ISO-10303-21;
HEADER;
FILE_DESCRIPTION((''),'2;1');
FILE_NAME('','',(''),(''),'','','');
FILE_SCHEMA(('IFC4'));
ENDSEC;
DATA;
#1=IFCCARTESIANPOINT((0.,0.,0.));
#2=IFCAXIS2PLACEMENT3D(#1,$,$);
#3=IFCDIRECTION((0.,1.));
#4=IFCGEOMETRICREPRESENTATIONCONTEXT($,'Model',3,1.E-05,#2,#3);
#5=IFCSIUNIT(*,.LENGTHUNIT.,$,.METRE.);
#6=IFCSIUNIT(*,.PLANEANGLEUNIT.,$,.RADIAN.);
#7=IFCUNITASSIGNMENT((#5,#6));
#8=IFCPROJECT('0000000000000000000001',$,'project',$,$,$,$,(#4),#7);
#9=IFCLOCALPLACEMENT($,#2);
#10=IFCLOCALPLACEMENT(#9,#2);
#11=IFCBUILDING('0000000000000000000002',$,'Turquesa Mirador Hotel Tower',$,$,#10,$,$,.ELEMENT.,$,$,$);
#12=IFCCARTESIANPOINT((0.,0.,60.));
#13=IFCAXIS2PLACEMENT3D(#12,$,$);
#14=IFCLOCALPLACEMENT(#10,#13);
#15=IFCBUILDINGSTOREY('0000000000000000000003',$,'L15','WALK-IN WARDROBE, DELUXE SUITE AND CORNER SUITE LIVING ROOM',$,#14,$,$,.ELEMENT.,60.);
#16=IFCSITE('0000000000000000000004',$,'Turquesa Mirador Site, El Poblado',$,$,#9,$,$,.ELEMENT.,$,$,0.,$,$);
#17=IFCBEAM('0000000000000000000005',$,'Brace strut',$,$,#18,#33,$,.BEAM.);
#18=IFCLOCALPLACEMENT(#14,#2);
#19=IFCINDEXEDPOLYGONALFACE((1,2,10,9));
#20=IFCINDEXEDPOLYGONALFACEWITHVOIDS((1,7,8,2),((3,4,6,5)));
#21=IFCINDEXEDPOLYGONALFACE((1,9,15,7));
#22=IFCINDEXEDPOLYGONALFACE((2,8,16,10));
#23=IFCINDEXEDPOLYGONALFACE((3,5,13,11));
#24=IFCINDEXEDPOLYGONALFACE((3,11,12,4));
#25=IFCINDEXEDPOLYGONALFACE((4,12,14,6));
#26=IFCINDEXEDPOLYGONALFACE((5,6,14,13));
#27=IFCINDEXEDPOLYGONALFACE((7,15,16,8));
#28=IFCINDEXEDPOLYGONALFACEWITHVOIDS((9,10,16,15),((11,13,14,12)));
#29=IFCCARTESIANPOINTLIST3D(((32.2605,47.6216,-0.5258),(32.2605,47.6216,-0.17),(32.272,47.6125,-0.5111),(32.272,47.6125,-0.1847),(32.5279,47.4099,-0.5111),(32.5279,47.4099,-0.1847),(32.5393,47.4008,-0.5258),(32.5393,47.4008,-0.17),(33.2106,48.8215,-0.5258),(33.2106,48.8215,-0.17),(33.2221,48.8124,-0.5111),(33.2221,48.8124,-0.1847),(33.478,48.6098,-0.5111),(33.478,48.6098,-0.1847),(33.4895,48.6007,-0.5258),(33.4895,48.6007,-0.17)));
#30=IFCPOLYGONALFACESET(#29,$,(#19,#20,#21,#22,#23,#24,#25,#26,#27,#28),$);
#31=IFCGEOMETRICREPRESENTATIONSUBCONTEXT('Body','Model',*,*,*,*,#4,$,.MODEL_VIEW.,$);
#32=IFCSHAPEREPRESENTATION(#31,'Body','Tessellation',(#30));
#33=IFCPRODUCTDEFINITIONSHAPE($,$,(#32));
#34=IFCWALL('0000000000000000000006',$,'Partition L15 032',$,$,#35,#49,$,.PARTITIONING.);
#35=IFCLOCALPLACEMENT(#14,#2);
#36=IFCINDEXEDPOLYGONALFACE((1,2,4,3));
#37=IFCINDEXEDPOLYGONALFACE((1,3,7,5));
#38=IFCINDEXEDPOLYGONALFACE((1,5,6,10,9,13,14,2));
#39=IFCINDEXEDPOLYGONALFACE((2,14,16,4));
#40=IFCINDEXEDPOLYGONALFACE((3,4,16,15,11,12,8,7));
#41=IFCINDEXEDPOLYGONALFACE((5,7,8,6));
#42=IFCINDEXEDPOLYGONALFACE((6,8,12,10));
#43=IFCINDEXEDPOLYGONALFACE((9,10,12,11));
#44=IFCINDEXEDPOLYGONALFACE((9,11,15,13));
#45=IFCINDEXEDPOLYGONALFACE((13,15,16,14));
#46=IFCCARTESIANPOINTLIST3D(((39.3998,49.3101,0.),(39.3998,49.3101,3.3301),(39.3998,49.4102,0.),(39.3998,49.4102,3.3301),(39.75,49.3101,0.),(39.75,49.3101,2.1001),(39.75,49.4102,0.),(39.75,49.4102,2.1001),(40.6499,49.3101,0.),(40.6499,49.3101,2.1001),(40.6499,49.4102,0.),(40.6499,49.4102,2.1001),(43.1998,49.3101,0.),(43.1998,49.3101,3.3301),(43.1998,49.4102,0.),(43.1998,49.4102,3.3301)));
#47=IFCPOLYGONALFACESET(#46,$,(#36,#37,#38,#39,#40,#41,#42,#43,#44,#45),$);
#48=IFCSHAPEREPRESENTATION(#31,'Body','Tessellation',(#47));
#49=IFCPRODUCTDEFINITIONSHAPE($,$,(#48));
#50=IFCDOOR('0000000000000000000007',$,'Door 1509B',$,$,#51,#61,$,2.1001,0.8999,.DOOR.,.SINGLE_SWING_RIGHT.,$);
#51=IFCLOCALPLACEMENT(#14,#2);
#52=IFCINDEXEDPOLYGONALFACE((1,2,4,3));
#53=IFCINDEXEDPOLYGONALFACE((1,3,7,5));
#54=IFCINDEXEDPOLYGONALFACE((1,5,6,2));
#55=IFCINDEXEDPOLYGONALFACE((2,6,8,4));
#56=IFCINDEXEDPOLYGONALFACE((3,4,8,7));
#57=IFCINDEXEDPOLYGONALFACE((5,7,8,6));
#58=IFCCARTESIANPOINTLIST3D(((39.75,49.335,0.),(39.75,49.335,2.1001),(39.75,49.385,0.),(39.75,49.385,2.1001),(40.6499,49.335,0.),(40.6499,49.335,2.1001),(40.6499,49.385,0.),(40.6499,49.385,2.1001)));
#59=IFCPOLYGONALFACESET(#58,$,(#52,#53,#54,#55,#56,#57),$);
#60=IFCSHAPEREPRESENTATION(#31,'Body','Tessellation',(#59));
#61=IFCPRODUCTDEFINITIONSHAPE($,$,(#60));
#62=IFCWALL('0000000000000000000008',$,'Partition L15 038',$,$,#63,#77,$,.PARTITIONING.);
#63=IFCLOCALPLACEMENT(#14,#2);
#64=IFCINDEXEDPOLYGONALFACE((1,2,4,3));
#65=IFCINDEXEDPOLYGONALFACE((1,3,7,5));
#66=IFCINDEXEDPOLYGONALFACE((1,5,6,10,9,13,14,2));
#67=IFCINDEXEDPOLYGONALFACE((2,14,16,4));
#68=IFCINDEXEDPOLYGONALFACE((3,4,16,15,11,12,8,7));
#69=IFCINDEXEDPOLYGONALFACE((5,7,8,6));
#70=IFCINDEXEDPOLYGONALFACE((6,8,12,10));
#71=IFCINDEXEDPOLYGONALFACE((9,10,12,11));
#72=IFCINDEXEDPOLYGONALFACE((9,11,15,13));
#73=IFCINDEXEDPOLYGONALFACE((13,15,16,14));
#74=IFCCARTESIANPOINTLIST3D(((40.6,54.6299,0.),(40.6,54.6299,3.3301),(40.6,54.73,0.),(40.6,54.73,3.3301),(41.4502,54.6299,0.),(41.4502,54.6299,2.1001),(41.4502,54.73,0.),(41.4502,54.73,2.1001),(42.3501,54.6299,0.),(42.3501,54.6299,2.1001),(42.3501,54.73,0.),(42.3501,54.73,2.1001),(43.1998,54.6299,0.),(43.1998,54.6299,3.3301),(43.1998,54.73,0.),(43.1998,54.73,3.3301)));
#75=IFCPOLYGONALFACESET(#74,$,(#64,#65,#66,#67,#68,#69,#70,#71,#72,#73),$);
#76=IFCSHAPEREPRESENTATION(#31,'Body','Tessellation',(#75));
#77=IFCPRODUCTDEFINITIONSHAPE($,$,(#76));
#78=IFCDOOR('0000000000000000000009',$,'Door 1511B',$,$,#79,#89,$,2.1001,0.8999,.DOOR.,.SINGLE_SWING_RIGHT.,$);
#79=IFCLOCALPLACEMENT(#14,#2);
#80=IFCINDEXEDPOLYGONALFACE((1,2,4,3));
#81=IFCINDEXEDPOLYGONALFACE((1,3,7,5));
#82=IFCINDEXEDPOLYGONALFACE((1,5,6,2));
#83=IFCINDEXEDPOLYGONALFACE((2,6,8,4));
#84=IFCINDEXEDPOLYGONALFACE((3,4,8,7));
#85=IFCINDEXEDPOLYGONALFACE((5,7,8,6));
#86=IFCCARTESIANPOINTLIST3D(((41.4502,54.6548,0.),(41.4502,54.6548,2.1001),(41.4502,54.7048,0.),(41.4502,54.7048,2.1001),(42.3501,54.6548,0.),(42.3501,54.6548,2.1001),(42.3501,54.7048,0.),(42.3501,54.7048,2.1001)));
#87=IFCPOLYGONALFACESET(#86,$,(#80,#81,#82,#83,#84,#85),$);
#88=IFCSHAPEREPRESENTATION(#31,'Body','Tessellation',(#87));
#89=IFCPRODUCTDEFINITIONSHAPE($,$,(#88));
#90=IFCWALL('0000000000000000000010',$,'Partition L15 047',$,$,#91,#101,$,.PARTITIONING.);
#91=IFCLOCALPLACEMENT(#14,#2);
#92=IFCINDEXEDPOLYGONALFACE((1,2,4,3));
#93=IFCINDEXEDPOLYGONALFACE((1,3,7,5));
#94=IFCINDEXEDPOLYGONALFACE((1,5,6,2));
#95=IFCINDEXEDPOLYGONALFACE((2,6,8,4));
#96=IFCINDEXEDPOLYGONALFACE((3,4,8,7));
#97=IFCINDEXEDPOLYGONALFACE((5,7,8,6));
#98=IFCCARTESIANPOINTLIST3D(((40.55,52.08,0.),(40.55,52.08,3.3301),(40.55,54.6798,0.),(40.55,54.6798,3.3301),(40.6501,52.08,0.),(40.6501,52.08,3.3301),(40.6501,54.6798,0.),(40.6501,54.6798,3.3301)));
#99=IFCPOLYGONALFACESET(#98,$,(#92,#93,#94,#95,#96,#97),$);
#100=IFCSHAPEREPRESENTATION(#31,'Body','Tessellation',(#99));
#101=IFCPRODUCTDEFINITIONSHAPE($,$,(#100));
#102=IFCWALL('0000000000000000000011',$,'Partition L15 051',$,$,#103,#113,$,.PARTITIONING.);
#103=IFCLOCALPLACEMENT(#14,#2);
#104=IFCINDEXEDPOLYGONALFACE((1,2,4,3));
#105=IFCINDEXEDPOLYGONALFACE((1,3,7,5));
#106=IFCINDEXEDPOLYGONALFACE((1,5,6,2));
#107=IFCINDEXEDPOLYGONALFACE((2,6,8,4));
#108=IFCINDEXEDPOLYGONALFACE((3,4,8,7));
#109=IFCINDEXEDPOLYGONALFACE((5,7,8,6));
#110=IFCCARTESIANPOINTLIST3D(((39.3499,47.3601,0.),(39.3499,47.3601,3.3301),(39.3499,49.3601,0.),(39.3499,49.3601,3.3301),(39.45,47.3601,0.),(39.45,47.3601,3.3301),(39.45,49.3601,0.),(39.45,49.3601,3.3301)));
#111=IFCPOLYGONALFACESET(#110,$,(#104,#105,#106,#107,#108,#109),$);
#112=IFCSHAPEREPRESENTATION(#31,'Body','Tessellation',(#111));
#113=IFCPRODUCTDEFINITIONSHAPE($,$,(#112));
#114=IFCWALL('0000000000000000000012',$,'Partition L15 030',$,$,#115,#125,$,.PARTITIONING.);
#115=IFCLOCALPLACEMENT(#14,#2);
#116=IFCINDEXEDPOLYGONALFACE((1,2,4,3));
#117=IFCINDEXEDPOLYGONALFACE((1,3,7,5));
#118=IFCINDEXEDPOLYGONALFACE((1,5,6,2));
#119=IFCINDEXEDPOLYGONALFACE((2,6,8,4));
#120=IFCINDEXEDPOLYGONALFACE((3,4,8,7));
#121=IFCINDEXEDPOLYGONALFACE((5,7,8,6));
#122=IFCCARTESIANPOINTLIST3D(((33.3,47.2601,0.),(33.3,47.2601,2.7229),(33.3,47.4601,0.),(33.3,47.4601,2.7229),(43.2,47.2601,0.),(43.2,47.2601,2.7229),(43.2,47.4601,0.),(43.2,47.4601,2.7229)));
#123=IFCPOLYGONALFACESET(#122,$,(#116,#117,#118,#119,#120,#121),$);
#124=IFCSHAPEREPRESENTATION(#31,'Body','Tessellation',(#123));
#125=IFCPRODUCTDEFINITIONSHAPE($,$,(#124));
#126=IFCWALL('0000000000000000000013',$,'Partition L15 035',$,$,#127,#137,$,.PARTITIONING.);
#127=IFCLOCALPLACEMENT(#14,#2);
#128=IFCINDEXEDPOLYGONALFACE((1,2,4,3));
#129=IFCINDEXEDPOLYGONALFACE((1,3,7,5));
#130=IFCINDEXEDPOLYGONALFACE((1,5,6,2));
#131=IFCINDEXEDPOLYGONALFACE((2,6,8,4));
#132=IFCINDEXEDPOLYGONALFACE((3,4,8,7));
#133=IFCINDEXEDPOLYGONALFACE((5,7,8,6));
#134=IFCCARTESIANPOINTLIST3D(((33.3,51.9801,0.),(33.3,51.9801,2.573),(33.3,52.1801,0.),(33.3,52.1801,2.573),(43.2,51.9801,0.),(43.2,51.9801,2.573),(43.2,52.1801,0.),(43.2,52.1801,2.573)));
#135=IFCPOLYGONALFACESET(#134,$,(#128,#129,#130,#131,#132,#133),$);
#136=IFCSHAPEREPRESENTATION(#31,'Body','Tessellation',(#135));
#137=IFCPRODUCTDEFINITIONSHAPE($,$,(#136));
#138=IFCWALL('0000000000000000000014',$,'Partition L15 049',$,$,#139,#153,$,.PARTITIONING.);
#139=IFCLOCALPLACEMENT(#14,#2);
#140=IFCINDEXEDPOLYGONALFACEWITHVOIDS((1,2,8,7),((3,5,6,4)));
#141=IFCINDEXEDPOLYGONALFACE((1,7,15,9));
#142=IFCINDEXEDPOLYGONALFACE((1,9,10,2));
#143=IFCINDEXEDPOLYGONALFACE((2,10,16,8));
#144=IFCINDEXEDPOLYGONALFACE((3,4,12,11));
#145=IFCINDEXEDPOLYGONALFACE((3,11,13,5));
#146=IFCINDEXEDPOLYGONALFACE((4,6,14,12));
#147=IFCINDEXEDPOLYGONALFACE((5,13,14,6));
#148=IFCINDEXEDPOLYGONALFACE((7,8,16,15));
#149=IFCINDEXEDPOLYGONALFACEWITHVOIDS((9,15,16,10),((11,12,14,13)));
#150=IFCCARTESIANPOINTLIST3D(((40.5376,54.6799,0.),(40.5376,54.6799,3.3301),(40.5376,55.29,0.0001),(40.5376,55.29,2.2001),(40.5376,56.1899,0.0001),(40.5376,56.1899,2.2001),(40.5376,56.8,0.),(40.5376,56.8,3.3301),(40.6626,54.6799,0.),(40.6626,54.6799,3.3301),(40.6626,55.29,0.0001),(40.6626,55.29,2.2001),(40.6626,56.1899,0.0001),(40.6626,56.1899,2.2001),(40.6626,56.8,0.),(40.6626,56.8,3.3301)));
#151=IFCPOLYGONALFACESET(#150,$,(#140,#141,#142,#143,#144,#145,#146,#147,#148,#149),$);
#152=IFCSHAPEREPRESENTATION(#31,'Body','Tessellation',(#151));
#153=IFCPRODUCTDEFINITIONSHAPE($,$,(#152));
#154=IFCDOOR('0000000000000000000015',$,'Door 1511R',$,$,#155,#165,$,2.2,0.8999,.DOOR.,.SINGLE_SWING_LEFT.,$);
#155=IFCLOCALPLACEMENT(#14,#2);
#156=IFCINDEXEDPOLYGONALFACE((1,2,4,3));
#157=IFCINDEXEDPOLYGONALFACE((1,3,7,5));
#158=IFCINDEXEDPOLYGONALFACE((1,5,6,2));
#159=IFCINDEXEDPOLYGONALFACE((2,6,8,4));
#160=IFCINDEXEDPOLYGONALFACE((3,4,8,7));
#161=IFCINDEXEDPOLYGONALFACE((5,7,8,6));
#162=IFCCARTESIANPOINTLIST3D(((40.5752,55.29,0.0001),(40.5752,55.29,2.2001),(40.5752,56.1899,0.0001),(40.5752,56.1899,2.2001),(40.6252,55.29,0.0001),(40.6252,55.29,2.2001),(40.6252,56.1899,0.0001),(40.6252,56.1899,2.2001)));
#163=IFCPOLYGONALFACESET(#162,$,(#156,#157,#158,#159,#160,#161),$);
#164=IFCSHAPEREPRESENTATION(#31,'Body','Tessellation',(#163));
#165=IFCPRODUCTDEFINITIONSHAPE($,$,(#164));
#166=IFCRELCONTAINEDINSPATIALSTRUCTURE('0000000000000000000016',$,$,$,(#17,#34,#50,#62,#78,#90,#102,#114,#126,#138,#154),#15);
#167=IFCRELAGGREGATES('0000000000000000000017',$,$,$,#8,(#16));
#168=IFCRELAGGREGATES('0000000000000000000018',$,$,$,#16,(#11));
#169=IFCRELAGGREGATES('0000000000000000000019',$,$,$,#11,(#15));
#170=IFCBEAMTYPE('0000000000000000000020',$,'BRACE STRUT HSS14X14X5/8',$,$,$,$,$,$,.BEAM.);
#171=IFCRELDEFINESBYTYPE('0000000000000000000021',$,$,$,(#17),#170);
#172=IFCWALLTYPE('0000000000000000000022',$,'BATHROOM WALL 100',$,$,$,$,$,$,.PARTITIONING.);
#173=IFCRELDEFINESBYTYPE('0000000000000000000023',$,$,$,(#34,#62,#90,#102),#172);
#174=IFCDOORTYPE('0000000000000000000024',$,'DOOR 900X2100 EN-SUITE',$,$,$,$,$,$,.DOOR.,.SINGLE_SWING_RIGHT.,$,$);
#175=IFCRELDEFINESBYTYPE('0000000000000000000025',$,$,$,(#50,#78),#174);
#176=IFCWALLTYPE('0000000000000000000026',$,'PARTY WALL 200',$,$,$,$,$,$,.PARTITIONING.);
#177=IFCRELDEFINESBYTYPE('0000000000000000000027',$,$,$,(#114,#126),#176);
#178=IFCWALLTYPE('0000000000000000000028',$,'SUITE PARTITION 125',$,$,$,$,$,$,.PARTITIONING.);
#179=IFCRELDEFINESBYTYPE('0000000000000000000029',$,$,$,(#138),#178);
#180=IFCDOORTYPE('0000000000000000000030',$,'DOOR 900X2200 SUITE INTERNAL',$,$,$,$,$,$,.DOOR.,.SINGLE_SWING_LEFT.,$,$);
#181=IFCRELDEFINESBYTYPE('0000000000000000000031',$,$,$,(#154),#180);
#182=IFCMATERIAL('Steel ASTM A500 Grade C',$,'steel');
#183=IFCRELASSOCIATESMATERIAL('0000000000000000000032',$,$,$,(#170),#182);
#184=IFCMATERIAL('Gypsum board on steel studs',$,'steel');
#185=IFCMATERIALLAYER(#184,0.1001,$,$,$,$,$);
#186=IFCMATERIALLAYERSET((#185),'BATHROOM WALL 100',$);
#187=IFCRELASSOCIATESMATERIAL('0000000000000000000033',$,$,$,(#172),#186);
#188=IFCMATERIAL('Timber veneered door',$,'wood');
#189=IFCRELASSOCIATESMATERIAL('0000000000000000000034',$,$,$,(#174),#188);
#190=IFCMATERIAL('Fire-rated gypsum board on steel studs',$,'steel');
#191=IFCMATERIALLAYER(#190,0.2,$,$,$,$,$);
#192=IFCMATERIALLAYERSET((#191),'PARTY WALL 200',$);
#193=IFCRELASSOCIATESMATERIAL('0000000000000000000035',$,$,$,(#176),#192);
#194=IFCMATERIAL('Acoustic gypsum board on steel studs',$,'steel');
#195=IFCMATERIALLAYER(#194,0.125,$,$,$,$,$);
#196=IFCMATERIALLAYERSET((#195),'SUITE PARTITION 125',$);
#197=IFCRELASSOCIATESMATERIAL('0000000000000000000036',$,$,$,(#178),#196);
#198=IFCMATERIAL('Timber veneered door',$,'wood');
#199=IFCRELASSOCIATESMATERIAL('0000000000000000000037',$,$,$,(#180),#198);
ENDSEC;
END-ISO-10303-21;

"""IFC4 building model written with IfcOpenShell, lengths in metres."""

from ifc_helpers import new_model, si_unit, direction, frame, frame_2d, origin, origin_2d, place, context, subcontext, project, spatial, rectangle, hollow_rectangle, extrude, material, layer, layer_set, material_profile, profile_set, type_object, element, fill, save


model = new_model("IFC4")

# Units and contexts
model_context = context("Model", 3, precision=1e-05, world=origin(), true_north=direction((0.0, 1.0)))
body_context = subcontext(model_context, "Body", "Model", "MODEL_VIEW")
ifc_project = project(units=[si_unit("LENGTHUNIT", "METRE"), si_unit("PLANEANGLEUNIT", "RADIAN")], contexts=[model_context])

# Site, building, storey
site_placement = place(None, origin())
site = spatial("IfcSite", under=ifc_project, at=site_placement, Name="Turquesa Mirador Site, El Poblado", CompositionType="ELEMENT", RefElevation=0.0)
building_placement = place(site_placement, origin())
building = spatial("IfcBuilding", under=site, at=building_placement, Name="Turquesa Mirador Hotel Tower", CompositionType="ELEMENT")
storey_placement = place(building_placement, frame((0.0, 0.0, 60.0)))
storey = spatial("IfcBuildingStorey", under=building, at=storey_placement, Name="L15", Description="WALK-IN WARDROBE, DELUXE SUITE AND CORNER SUITE LIVING ROOM", CompositionType="ELEMENT", Elevation=60.0)

# Beam
ifc_material_1 = material(Name="Steel ASTM A500 Grade C", Category="steel")
ifc_material_profile_1 = material_profile(ifc_material_1, hollow_rectangle(XDim=0.3557, YDim=0.3557, WallThickness=0.0146, at=origin_2d()), Name="HSS14X14X5/8")
ifc_profile_set_1 = profile_set([ifc_material_profile_1], Name="Steel ASTM A500 Grade C")
beam_type_1 = type_object("IfcBeamType", Name="BRACE STRUT HSS14X14X5/8", PredefinedType="BEAM", material=ifc_profile_set_1)
beam_1_placement = place(storey_placement, frame((32.3999, 47.5112, -0.3479), z_axis=(0.620797, 0.783971, 0.0), x_axis=(-0.783971, 0.620797, 0.0)))
element("IfcBeam", 1, at=beam_1_placement, inside=storey, type_object=beam_type_1, Name="Brace strut", PredefinedType="BEAM", context=body_context, shape_type="SweptSolid", body=[
    extrude(hollow_rectangle(XDim=0.3557, YDim=0.3557, WallThickness=0.0146, at=origin_2d()), origin(), (0.0, 0.0, 1.0), 1.5305),
])

# Walls, openings, doors
ifc_material_2 = material(Name="Gypsum board on steel studs", Category="steel")
ifc_layer_1 = layer(ifc_material_2, 0.1001)
ifc_layer_set_1 = layer_set([ifc_layer_1], Name="BATHROOM WALL 100")
wall_type_1 = type_object("IfcWallType", Name="BATHROOM WALL 100", PredefinedType="PARTITIONING", material=ifc_layer_set_1)
wall_1_placement = place(storey_placement, frame((39.3999, 49.3601, 0.0), z_axis=(0.0, 0.0, 1.0), x_axis=(1.0, 0.0, 0.0)))
wall_1 = element("IfcWall", 2, at=wall_1_placement, inside=storey, type_object=wall_type_1, Name="Partition L15 032", PredefinedType="PARTITIONING", context=body_context, shape_type="SweptSolid", body=[
    extrude(rectangle(XDim=3.8, YDim=0.1001, at=frame_2d((1.8999, 0.0))), origin(), (0.0, 0.0, 1.0), 3.3301),
])
opening_1_placement = place(wall_1_placement, frame((0.3501, 0.0, 0.0)))
opening_1 = element("IfcOpeningElement", 3, at=opening_1_placement, cuts=wall_1, PredefinedType="OPENING", context=body_context, shape_type="SweptSolid", body=[
    extrude(rectangle(XDim=0.8999, YDim=2.1001, at=frame_2d((0.45, 1.05))), frame((0.0, 0.0601, 0.0), z_axis=(0.0, -1.0, 0.0), x_axis=(1.0, 0.0, 0.0)), (0.0, 0.0, 1.0), 0.1201),
])
ifc_material_3 = material(Name="Timber veneered door", Category="wood")
door_type_1 = type_object("IfcDoorType", Name="DOOR 900X2100 EN-SUITE", OperationType="SINGLE_SWING_RIGHT", PredefinedType="DOOR", material=ifc_material_3)
door_1_placement = place(opening_1_placement, origin())
door_1 = element("IfcDoor", 4, at=door_1_placement, inside=storey, type_object=door_type_1, Name="Door 1509B", OperationType="SINGLE_SWING_RIGHT", OverallHeight=2.1001, OverallWidth=0.8999, PredefinedType="DOOR", context=body_context, shape_type="SweptSolid", body=[
    extrude(rectangle(XDim=0.8999, YDim=2.1001, at=frame_2d((0.45, 1.05))), frame((0.0, 0.0249, 0.0), z_axis=(0.0, -1.0, 0.0), x_axis=(1.0, 0.0, 0.0)), (0.0, 0.0, 1.0), 0.05),
])
fill(opening_1, door_1)
wall_2_placement = place(storey_placement, frame((40.6001, 54.6799, 0.0), z_axis=(0.0, 0.0, 1.0), x_axis=(1.0, 0.0, 0.0)))
wall_2 = element("IfcWall", 5, at=wall_2_placement, inside=storey, type_object=wall_type_1, Name="Partition L15 038", PredefinedType="PARTITIONING", context=body_context, shape_type="SweptSolid", body=[
    extrude(rectangle(XDim=2.5999, YDim=0.1001, at=frame_2d((1.2998, 0.0))), origin(), (0.0, 0.0, 1.0), 3.3301),
])
opening_2_placement = place(wall_2_placement, frame((0.8501, 0.0, 0.0)))
opening_2 = element("IfcOpeningElement", 6, at=opening_2_placement, cuts=wall_2, PredefinedType="OPENING", context=body_context, shape_type="SweptSolid", body=[
    extrude(rectangle(XDim=0.8999, YDim=2.1001, at=frame_2d((0.45, 1.05))), frame((0.0, 0.0601, 0.0), z_axis=(0.0, -1.0, 0.0), x_axis=(1.0, 0.0, 0.0)), (0.0, 0.0, 1.0), 0.1201),
])
door_2_placement = place(opening_2_placement, origin())
door_2 = element("IfcDoor", 7, at=door_2_placement, inside=storey, type_object=door_type_1, Name="Door 1511B", OperationType="SINGLE_SWING_RIGHT", OverallHeight=2.1001, OverallWidth=0.8999, PredefinedType="DOOR", context=body_context, shape_type="SweptSolid", body=[
    extrude(rectangle(XDim=0.8999, YDim=2.1001, at=frame_2d((0.45, 1.05))), frame((0.0, 0.0249, 0.0), z_axis=(0.0, -1.0, 0.0), x_axis=(1.0, 0.0, 0.0)), (0.0, 0.0, 1.0), 0.05),
])
fill(opening_2, door_2)

# Walls
wall_3_placement = place(storey_placement, frame((40.6001, 52.0801, 0.0), z_axis=(0.0, 0.0, 1.0), x_axis=(0.0, 1.0, 0.0)))
element("IfcWall", 8, at=wall_3_placement, inside=storey, type_object=wall_type_1, Name="Partition L15 047", PredefinedType="PARTITIONING", context=body_context, shape_type="SweptSolid", body=[
    extrude(rectangle(XDim=2.5999, YDim=0.1001, at=frame_2d((1.2998, 0.0))), origin(), (0.0, 0.0, 1.0), 3.3301),
])
wall_4_placement = place(storey_placement, frame((39.3999, 47.3601, 0.0), z_axis=(0.0, 0.0, 1.0), x_axis=(0.0, 1.0, 0.0)))
element("IfcWall", 9, at=wall_4_placement, inside=storey, type_object=wall_type_1, Name="Partition L15 051", PredefinedType="PARTITIONING", context=body_context, shape_type="SweptSolid", body=[
    extrude(rectangle(XDim=2.0, YDim=0.1001, at=frame_2d((1.0, 0.0))), origin(), (0.0, 0.0, 1.0), 3.3301),
])
ifc_material_4 = material(Name="Fire-rated gypsum board on steel studs", Category="steel")
ifc_layer_2 = layer(ifc_material_4, 0.2)
ifc_layer_set_2 = layer_set([ifc_layer_2], Name="PARTY WALL 200")
wall_type_2 = type_object("IfcWallType", Name="PARTY WALL 200", PredefinedType="PARTITIONING", material=ifc_layer_set_2)
wall_5_placement = place(storey_placement, frame((33.3, 47.3601, 0.0), z_axis=(0.0, 0.0, 1.0), x_axis=(1.0, 0.0, 0.0)))
element("IfcWall", 10, at=wall_5_placement, inside=storey, type_object=wall_type_2, Name="Partition L15 030", PredefinedType="PARTITIONING", context=body_context, shape_type="SweptSolid", body=[
    extrude(rectangle(XDim=9.8999, YDim=0.2, at=frame_2d((4.95, 0.0))), origin(), (0.0, 0.0, 1.0), 2.7229),
])
wall_6_placement = place(storey_placement, frame((33.3, 52.0801, 0.0), z_axis=(0.0, 0.0, 1.0), x_axis=(1.0, 0.0, 0.0)))
element("IfcWall", 11, at=wall_6_placement, inside=storey, type_object=wall_type_2, Name="Partition L15 035", PredefinedType="PARTITIONING", context=body_context, shape_type="SweptSolid", body=[
    extrude(rectangle(XDim=9.8999, YDim=0.2, at=frame_2d((4.95, 0.0))), origin(), (0.0, 0.0, 1.0), 2.573),
])

# Wall, opening, door
ifc_material_5 = material(Name="Acoustic gypsum board on steel studs", Category="steel")
ifc_layer_3 = layer(ifc_material_5, 0.125)
ifc_layer_set_3 = layer_set([ifc_layer_3], Name="SUITE PARTITION 125")
wall_type_3 = type_object("IfcWallType", Name="SUITE PARTITION 125", PredefinedType="PARTITIONING", material=ifc_layer_set_3)
wall_7_placement = place(storey_placement, frame((40.6001, 54.6799, 0.0), z_axis=(0.0, 0.0, 1.0), x_axis=(0.0, 1.0, 0.0)))
wall_7 = element("IfcWall", 12, at=wall_7_placement, inside=storey, type_object=wall_type_3, Name="Partition L15 049", PredefinedType="PARTITIONING", context=body_context, shape_type="SweptSolid", body=[
    extrude(rectangle(XDim=2.1201, YDim=0.125, at=frame_2d((1.0601, 0.0))), origin(), (0.0, 0.0, 1.0), 3.3301),
])
opening_3_placement = place(wall_7_placement, frame((0.6101, 0.0, 0.0)))
opening_3 = element("IfcOpeningElement", 13, at=opening_3_placement, cuts=wall_7, PredefinedType="OPENING", context=body_context, shape_type="SweptSolid", body=[
    extrude(rectangle(XDim=0.8999, YDim=2.2, at=frame_2d((0.45, 1.1001))), frame((0.0, 0.0725, 0.0), z_axis=(0.0, -1.0, 0.0), x_axis=(1.0, 0.0, 0.0)), (0.0, 0.0, 1.0), 0.145),
])
ifc_material_6 = material(Name="Timber veneered door", Category="wood")
door_type_2 = type_object("IfcDoorType", Name="DOOR 900X2200 SUITE INTERNAL", OperationType="SINGLE_SWING_LEFT", PredefinedType="DOOR", material=ifc_material_6)
door_3_placement = place(opening_3_placement, origin())
door_3 = element("IfcDoor", 14, at=door_3_placement, inside=storey, type_object=door_type_2, Name="Door 1511R", OperationType="SINGLE_SWING_LEFT", OverallHeight=2.2, OverallWidth=0.8999, PredefinedType="DOOR", context=body_context, shape_type="SweptSolid", body=[
    extrude(rectangle(XDim=0.8999, YDim=2.2, at=frame_2d((0.45, 1.1001))), frame((0.0, 0.0249, 0.0), z_axis=(0.0, -1.0, 0.0), x_axis=(1.0, 0.0, 0.0)), (0.0, 0.0, 1.0), 0.05),
])
fill(opening_3, door_3)

save(model, "model.ifc")
